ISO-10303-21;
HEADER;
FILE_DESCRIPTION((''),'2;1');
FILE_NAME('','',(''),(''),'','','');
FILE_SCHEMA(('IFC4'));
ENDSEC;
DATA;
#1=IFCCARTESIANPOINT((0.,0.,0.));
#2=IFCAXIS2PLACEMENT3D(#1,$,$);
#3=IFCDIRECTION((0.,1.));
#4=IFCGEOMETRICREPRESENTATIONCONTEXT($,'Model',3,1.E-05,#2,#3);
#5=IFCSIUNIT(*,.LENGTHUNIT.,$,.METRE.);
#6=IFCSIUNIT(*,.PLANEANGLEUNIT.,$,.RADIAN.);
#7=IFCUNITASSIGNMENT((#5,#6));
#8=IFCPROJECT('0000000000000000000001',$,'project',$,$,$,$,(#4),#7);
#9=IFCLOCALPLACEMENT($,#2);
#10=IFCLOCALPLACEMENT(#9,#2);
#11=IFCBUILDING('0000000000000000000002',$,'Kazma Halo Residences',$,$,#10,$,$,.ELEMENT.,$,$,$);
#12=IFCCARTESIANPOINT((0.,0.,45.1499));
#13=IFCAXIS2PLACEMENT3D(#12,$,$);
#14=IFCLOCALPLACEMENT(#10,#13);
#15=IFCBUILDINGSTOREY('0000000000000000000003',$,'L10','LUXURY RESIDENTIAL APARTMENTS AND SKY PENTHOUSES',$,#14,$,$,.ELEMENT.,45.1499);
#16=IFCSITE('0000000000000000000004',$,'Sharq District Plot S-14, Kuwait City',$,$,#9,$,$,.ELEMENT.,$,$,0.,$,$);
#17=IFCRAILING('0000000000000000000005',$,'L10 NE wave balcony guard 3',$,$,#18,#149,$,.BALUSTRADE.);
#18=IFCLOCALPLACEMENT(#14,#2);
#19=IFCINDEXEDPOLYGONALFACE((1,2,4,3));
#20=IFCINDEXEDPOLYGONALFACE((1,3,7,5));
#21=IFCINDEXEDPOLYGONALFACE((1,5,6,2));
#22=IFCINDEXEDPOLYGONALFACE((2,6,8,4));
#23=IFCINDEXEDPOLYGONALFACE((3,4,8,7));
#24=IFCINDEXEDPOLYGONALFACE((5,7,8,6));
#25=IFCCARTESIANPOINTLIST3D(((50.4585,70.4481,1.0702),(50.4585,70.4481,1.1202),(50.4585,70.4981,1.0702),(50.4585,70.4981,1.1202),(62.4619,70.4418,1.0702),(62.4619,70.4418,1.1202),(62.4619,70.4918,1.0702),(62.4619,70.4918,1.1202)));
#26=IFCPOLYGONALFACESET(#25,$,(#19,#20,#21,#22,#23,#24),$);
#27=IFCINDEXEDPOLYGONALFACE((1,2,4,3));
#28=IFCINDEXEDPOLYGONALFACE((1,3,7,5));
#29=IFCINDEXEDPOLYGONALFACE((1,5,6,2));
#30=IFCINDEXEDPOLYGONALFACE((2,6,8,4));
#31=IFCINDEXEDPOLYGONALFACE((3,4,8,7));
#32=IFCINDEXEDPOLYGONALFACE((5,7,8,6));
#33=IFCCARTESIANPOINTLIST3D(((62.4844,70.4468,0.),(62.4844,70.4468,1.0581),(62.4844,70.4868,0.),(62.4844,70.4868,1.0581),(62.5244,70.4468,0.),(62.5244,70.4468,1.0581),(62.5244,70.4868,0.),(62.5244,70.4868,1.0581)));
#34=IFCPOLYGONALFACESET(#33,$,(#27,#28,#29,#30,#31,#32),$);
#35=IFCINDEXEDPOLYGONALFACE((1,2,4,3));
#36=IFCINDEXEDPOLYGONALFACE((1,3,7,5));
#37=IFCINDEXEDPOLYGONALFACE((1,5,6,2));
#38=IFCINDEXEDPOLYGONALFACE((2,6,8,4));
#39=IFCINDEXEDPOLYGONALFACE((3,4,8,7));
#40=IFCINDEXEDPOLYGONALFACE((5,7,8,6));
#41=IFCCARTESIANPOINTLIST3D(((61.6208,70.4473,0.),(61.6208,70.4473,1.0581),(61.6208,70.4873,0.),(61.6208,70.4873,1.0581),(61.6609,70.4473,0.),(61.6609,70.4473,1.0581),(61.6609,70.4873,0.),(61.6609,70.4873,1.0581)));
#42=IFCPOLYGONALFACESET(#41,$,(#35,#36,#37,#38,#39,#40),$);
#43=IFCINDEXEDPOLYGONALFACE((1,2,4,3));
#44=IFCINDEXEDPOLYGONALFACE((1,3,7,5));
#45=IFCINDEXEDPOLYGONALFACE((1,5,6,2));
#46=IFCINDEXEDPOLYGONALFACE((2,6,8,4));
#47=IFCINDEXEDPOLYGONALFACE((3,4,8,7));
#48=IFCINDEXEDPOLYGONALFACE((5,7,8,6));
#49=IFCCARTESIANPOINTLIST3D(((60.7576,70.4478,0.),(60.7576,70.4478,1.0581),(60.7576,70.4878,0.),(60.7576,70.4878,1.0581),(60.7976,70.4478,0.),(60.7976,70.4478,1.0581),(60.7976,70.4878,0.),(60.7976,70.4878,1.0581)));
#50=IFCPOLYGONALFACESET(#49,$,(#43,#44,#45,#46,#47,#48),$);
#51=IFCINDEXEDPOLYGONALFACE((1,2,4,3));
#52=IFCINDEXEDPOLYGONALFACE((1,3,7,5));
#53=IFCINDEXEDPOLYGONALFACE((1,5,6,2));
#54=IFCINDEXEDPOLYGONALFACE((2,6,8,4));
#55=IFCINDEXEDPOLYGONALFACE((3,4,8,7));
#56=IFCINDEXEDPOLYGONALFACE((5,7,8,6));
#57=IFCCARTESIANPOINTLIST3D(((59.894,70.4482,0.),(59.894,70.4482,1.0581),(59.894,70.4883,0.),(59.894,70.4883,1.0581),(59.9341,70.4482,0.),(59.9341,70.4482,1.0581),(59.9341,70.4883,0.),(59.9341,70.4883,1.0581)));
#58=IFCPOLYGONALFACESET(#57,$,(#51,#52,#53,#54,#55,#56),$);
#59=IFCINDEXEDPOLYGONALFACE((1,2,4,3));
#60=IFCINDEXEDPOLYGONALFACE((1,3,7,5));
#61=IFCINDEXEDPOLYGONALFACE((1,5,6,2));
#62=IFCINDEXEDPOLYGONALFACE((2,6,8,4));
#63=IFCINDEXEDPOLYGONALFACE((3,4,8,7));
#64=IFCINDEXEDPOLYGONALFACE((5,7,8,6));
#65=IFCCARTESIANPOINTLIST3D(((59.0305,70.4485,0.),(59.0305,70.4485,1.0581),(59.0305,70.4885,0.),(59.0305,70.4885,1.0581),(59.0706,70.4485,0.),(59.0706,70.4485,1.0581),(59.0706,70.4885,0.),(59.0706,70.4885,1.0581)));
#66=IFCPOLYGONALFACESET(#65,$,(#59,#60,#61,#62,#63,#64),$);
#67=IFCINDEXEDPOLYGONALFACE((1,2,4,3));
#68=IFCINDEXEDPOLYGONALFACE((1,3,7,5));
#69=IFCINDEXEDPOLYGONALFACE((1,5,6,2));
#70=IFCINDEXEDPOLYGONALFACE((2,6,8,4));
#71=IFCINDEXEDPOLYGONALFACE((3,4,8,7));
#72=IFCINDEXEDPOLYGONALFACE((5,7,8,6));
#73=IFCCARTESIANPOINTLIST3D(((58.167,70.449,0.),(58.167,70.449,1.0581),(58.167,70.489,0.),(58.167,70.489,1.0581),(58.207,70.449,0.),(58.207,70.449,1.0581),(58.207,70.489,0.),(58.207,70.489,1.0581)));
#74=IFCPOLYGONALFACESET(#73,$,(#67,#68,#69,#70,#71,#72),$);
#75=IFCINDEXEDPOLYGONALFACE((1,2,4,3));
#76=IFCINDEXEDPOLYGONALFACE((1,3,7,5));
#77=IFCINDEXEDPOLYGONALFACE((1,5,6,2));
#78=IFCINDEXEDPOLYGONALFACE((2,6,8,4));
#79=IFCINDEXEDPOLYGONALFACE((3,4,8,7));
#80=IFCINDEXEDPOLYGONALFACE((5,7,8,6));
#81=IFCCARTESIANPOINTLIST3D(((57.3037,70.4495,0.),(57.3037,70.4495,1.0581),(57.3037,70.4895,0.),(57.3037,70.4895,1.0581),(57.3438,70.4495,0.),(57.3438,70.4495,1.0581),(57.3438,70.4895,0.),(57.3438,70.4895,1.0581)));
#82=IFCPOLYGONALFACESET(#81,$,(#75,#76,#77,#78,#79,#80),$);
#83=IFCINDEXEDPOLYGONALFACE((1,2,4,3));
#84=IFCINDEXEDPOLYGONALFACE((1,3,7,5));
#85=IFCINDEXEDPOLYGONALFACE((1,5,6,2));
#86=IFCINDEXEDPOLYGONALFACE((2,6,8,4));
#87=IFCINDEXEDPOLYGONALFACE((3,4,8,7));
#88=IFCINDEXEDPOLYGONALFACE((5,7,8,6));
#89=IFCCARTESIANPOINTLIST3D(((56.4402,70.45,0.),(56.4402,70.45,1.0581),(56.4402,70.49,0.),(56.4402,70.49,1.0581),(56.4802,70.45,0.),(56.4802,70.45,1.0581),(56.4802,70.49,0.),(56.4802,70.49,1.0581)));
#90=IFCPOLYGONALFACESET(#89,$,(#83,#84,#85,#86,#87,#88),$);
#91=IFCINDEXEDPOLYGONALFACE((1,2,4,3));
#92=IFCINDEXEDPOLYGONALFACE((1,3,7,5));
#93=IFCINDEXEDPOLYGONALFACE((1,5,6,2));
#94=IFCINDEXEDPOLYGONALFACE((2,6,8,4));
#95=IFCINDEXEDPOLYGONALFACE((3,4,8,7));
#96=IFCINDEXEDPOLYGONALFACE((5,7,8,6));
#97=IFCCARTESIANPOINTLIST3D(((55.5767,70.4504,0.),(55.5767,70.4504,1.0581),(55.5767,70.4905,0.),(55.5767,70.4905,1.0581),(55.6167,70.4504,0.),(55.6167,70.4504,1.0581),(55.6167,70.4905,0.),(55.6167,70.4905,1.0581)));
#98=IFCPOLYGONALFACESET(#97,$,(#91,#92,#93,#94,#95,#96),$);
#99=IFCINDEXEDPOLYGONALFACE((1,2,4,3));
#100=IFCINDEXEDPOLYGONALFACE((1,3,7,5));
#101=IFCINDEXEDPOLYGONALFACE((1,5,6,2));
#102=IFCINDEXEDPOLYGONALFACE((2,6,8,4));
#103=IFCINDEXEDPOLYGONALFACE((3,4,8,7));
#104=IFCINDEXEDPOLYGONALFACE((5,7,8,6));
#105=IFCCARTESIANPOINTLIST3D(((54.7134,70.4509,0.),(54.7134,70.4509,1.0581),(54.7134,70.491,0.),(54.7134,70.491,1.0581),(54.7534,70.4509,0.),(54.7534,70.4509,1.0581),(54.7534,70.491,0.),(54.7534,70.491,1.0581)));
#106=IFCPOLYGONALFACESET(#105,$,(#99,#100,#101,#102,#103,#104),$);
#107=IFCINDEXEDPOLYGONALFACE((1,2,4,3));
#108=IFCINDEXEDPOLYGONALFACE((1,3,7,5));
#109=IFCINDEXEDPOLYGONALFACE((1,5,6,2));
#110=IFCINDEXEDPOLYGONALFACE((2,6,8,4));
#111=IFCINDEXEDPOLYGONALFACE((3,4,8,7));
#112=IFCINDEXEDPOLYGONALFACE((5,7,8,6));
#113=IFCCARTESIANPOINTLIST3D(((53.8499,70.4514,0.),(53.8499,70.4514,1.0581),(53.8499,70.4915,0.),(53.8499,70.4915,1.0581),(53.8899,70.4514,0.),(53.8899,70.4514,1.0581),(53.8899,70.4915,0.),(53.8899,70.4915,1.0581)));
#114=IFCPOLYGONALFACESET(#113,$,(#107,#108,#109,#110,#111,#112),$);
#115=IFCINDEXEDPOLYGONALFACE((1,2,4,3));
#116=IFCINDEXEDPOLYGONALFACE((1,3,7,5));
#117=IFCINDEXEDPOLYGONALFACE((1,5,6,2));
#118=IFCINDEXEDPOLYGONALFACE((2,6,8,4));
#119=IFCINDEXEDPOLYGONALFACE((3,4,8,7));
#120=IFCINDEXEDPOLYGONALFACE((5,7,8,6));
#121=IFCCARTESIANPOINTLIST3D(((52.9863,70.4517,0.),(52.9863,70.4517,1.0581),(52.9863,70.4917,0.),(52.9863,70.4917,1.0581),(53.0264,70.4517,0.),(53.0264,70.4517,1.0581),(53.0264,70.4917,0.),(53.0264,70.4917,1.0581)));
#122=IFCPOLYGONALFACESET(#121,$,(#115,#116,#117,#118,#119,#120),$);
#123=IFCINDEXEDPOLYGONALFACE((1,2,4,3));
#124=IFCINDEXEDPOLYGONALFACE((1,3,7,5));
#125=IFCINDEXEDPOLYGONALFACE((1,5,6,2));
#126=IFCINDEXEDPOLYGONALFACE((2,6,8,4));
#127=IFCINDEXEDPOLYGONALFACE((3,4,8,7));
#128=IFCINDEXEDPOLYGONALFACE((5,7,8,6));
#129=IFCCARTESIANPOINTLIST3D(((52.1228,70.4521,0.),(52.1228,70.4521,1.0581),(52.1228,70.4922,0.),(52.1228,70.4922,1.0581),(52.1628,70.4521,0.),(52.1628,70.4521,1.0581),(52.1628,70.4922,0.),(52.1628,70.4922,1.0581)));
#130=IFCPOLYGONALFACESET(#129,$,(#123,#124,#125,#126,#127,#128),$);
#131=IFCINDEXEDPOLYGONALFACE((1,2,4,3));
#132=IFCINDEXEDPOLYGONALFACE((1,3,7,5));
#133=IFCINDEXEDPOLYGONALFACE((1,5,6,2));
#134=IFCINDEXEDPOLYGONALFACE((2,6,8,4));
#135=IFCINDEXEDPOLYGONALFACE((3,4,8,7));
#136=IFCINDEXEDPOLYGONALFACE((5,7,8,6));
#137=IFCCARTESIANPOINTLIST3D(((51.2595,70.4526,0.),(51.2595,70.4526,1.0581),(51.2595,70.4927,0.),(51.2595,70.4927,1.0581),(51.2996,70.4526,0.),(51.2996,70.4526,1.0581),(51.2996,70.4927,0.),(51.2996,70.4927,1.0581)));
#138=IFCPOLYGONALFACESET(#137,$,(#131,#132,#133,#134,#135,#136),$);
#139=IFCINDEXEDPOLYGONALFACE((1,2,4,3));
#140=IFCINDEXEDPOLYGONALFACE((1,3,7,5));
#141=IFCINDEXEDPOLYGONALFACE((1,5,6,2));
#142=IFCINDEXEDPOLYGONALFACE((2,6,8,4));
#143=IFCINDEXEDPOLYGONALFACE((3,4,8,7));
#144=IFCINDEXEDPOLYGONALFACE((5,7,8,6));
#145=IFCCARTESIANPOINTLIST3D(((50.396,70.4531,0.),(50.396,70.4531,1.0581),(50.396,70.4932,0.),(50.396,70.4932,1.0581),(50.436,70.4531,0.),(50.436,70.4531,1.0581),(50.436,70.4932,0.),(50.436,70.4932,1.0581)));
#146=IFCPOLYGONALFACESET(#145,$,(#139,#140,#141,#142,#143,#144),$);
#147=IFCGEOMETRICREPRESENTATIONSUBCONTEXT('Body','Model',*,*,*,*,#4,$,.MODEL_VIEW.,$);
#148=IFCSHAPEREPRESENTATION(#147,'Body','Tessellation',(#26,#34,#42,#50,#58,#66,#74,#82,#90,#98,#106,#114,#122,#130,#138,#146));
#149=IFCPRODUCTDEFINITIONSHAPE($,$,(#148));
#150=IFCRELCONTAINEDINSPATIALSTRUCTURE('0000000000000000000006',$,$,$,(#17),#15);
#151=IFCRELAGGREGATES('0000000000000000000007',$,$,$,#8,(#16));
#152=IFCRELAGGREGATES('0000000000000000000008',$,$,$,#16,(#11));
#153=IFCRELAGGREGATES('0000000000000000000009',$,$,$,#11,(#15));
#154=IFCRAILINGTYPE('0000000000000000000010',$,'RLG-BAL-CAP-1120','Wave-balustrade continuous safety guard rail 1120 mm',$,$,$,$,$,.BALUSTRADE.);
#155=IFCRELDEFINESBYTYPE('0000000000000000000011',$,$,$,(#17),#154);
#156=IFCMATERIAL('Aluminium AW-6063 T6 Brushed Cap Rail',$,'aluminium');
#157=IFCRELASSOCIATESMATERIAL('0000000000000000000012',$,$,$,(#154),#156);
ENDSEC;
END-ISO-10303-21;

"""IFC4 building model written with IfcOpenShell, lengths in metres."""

from ifc_helpers import new_model, si_unit, direction, frame, origin, origin_2d, place, context, subcontext, project, spatial, rectangle, extrude, material, type_object, element, save


model = new_model("IFC4")

# Units and contexts
model_context = context("Model", 3, precision=1e-05, world=origin(), true_north=direction((0.0, 1.0)))
body_context = subcontext(model_context, "Body", "Model", "MODEL_VIEW")
ifc_project = project(units=[si_unit("LENGTHUNIT", "METRE"), si_unit("PLANEANGLEUNIT", "RADIAN")], contexts=[model_context])

# Site, building, storey
site_placement = place(None, origin())
site = spatial("IfcSite", under=ifc_project, at=site_placement, Name="Sharq District Plot S-14, Kuwait City", CompositionType="ELEMENT", RefElevation=0.0)
building_placement = place(site_placement, origin())
building = spatial("IfcBuilding", under=site, at=building_placement, Name="Kazma Halo Residences", CompositionType="ELEMENT")
storey_placement = place(building_placement, frame((0.0, 0.0, 45.1499)))
storey = spatial("IfcBuildingStorey", under=building, at=storey_placement, Name="L10", Description="LUXURY RESIDENTIAL APARTMENTS AND SKY PENTHOUSES", CompositionType="ELEMENT", Elevation=45.1499)

# Railing
ifc_material_1 = material(Name="Aluminium AW-6063 T6 Brushed Cap Rail", Category="aluminium")
railing_type = type_object("IfcRailingType", Name="RLG-BAL-CAP-1120", Description="Wave-balustrade continuous safety guard rail 1120 mm", PredefinedType="BALUSTRADE", material=ifc_material_1)
railing_1_placement = place(storey_placement, frame((62.5044, 70.4668, 0.0)))
element("IfcRailing", 1, at=railing_1_placement, inside=storey, type_object=railing_type, Name="L10 NE wave balcony guard 3", PredefinedType="BALUSTRADE", context=body_context, shape_type="SweptSolid", body=[
    extrude(rectangle(XDim=0.05, YDim=0.05, at=origin_2d()), frame((-0.0425, 0.0, 1.0952), z_axis=(-1.0, 0.000525, 0.0), x_axis=(-0.000525, -1.0, 0.0)), (0.0, 0.0, 1.0), 12.0034),
    extrude(rectangle(XDim=0.04, YDim=0.04, at=origin_2d()), origin(), (0.0, 0.0, 1.0), 1.0581),
    extrude(rectangle(XDim=0.04, YDim=0.04, at=origin_2d()), frame((-0.8635, 0.0005, 0.0)), (0.0, 0.0, 1.0), 1.0581),
    extrude(rectangle(XDim=0.04, YDim=0.04, at=origin_2d()), frame((-1.7268, 0.001, 0.0)), (0.0, 0.0, 1.0), 1.0581),
    extrude(rectangle(XDim=0.04, YDim=0.04, at=origin_2d()), frame((-2.5903, 0.0015, 0.0)), (0.0, 0.0, 1.0), 1.0581),
    extrude(rectangle(XDim=0.04, YDim=0.04, at=origin_2d()), frame((-3.4539, 0.0017, 0.0)), (0.0, 0.0, 1.0), 1.0581),
    extrude(rectangle(XDim=0.04, YDim=0.04, at=origin_2d()), frame((-4.3174, 0.0022, 0.0)), (0.0, 0.0, 1.0), 1.0581),
    extrude(rectangle(XDim=0.04, YDim=0.04, at=origin_2d()), frame((-5.1807, 0.0027, 0.0)), (0.0, 0.0, 1.0), 1.0581),
    extrude(rectangle(XDim=0.04, YDim=0.04, at=origin_2d()), frame((-6.0442, 0.0032, 0.0)), (0.0, 0.0, 1.0), 1.0581),
    extrude(rectangle(XDim=0.04, YDim=0.04, at=origin_2d()), frame((-6.9077, 0.0037, 0.0)), (0.0, 0.0, 1.0), 1.0581),
    extrude(rectangle(XDim=0.04, YDim=0.04, at=origin_2d()), frame((-7.771, 0.0042, 0.0)), (0.0, 0.0, 1.0), 1.0581),
    extrude(rectangle(XDim=0.04, YDim=0.04, at=origin_2d()), frame((-8.6345, 0.0046, 0.0)), (0.0, 0.0, 1.0), 1.0581),
    extrude(rectangle(XDim=0.04, YDim=0.04, at=origin_2d()), frame((-9.498, 0.0049, 0.0)), (0.0, 0.0, 1.0), 1.0581),
    extrude(rectangle(XDim=0.04, YDim=0.04, at=origin_2d()), frame((-10.3616, 0.0054, 0.0)), (0.0, 0.0, 1.0), 1.0581),
    extrude(rectangle(XDim=0.04, YDim=0.04, at=origin_2d()), frame((-11.2249, 0.0059, 0.0)), (0.0, 0.0, 1.0), 1.0581),
    extrude(rectangle(XDim=0.04, YDim=0.04, at=origin_2d()), frame((-12.0884, 0.0063, 0.0)), (0.0, 0.0, 1.0), 1.0581),
])

save(model, "model.ifc")
